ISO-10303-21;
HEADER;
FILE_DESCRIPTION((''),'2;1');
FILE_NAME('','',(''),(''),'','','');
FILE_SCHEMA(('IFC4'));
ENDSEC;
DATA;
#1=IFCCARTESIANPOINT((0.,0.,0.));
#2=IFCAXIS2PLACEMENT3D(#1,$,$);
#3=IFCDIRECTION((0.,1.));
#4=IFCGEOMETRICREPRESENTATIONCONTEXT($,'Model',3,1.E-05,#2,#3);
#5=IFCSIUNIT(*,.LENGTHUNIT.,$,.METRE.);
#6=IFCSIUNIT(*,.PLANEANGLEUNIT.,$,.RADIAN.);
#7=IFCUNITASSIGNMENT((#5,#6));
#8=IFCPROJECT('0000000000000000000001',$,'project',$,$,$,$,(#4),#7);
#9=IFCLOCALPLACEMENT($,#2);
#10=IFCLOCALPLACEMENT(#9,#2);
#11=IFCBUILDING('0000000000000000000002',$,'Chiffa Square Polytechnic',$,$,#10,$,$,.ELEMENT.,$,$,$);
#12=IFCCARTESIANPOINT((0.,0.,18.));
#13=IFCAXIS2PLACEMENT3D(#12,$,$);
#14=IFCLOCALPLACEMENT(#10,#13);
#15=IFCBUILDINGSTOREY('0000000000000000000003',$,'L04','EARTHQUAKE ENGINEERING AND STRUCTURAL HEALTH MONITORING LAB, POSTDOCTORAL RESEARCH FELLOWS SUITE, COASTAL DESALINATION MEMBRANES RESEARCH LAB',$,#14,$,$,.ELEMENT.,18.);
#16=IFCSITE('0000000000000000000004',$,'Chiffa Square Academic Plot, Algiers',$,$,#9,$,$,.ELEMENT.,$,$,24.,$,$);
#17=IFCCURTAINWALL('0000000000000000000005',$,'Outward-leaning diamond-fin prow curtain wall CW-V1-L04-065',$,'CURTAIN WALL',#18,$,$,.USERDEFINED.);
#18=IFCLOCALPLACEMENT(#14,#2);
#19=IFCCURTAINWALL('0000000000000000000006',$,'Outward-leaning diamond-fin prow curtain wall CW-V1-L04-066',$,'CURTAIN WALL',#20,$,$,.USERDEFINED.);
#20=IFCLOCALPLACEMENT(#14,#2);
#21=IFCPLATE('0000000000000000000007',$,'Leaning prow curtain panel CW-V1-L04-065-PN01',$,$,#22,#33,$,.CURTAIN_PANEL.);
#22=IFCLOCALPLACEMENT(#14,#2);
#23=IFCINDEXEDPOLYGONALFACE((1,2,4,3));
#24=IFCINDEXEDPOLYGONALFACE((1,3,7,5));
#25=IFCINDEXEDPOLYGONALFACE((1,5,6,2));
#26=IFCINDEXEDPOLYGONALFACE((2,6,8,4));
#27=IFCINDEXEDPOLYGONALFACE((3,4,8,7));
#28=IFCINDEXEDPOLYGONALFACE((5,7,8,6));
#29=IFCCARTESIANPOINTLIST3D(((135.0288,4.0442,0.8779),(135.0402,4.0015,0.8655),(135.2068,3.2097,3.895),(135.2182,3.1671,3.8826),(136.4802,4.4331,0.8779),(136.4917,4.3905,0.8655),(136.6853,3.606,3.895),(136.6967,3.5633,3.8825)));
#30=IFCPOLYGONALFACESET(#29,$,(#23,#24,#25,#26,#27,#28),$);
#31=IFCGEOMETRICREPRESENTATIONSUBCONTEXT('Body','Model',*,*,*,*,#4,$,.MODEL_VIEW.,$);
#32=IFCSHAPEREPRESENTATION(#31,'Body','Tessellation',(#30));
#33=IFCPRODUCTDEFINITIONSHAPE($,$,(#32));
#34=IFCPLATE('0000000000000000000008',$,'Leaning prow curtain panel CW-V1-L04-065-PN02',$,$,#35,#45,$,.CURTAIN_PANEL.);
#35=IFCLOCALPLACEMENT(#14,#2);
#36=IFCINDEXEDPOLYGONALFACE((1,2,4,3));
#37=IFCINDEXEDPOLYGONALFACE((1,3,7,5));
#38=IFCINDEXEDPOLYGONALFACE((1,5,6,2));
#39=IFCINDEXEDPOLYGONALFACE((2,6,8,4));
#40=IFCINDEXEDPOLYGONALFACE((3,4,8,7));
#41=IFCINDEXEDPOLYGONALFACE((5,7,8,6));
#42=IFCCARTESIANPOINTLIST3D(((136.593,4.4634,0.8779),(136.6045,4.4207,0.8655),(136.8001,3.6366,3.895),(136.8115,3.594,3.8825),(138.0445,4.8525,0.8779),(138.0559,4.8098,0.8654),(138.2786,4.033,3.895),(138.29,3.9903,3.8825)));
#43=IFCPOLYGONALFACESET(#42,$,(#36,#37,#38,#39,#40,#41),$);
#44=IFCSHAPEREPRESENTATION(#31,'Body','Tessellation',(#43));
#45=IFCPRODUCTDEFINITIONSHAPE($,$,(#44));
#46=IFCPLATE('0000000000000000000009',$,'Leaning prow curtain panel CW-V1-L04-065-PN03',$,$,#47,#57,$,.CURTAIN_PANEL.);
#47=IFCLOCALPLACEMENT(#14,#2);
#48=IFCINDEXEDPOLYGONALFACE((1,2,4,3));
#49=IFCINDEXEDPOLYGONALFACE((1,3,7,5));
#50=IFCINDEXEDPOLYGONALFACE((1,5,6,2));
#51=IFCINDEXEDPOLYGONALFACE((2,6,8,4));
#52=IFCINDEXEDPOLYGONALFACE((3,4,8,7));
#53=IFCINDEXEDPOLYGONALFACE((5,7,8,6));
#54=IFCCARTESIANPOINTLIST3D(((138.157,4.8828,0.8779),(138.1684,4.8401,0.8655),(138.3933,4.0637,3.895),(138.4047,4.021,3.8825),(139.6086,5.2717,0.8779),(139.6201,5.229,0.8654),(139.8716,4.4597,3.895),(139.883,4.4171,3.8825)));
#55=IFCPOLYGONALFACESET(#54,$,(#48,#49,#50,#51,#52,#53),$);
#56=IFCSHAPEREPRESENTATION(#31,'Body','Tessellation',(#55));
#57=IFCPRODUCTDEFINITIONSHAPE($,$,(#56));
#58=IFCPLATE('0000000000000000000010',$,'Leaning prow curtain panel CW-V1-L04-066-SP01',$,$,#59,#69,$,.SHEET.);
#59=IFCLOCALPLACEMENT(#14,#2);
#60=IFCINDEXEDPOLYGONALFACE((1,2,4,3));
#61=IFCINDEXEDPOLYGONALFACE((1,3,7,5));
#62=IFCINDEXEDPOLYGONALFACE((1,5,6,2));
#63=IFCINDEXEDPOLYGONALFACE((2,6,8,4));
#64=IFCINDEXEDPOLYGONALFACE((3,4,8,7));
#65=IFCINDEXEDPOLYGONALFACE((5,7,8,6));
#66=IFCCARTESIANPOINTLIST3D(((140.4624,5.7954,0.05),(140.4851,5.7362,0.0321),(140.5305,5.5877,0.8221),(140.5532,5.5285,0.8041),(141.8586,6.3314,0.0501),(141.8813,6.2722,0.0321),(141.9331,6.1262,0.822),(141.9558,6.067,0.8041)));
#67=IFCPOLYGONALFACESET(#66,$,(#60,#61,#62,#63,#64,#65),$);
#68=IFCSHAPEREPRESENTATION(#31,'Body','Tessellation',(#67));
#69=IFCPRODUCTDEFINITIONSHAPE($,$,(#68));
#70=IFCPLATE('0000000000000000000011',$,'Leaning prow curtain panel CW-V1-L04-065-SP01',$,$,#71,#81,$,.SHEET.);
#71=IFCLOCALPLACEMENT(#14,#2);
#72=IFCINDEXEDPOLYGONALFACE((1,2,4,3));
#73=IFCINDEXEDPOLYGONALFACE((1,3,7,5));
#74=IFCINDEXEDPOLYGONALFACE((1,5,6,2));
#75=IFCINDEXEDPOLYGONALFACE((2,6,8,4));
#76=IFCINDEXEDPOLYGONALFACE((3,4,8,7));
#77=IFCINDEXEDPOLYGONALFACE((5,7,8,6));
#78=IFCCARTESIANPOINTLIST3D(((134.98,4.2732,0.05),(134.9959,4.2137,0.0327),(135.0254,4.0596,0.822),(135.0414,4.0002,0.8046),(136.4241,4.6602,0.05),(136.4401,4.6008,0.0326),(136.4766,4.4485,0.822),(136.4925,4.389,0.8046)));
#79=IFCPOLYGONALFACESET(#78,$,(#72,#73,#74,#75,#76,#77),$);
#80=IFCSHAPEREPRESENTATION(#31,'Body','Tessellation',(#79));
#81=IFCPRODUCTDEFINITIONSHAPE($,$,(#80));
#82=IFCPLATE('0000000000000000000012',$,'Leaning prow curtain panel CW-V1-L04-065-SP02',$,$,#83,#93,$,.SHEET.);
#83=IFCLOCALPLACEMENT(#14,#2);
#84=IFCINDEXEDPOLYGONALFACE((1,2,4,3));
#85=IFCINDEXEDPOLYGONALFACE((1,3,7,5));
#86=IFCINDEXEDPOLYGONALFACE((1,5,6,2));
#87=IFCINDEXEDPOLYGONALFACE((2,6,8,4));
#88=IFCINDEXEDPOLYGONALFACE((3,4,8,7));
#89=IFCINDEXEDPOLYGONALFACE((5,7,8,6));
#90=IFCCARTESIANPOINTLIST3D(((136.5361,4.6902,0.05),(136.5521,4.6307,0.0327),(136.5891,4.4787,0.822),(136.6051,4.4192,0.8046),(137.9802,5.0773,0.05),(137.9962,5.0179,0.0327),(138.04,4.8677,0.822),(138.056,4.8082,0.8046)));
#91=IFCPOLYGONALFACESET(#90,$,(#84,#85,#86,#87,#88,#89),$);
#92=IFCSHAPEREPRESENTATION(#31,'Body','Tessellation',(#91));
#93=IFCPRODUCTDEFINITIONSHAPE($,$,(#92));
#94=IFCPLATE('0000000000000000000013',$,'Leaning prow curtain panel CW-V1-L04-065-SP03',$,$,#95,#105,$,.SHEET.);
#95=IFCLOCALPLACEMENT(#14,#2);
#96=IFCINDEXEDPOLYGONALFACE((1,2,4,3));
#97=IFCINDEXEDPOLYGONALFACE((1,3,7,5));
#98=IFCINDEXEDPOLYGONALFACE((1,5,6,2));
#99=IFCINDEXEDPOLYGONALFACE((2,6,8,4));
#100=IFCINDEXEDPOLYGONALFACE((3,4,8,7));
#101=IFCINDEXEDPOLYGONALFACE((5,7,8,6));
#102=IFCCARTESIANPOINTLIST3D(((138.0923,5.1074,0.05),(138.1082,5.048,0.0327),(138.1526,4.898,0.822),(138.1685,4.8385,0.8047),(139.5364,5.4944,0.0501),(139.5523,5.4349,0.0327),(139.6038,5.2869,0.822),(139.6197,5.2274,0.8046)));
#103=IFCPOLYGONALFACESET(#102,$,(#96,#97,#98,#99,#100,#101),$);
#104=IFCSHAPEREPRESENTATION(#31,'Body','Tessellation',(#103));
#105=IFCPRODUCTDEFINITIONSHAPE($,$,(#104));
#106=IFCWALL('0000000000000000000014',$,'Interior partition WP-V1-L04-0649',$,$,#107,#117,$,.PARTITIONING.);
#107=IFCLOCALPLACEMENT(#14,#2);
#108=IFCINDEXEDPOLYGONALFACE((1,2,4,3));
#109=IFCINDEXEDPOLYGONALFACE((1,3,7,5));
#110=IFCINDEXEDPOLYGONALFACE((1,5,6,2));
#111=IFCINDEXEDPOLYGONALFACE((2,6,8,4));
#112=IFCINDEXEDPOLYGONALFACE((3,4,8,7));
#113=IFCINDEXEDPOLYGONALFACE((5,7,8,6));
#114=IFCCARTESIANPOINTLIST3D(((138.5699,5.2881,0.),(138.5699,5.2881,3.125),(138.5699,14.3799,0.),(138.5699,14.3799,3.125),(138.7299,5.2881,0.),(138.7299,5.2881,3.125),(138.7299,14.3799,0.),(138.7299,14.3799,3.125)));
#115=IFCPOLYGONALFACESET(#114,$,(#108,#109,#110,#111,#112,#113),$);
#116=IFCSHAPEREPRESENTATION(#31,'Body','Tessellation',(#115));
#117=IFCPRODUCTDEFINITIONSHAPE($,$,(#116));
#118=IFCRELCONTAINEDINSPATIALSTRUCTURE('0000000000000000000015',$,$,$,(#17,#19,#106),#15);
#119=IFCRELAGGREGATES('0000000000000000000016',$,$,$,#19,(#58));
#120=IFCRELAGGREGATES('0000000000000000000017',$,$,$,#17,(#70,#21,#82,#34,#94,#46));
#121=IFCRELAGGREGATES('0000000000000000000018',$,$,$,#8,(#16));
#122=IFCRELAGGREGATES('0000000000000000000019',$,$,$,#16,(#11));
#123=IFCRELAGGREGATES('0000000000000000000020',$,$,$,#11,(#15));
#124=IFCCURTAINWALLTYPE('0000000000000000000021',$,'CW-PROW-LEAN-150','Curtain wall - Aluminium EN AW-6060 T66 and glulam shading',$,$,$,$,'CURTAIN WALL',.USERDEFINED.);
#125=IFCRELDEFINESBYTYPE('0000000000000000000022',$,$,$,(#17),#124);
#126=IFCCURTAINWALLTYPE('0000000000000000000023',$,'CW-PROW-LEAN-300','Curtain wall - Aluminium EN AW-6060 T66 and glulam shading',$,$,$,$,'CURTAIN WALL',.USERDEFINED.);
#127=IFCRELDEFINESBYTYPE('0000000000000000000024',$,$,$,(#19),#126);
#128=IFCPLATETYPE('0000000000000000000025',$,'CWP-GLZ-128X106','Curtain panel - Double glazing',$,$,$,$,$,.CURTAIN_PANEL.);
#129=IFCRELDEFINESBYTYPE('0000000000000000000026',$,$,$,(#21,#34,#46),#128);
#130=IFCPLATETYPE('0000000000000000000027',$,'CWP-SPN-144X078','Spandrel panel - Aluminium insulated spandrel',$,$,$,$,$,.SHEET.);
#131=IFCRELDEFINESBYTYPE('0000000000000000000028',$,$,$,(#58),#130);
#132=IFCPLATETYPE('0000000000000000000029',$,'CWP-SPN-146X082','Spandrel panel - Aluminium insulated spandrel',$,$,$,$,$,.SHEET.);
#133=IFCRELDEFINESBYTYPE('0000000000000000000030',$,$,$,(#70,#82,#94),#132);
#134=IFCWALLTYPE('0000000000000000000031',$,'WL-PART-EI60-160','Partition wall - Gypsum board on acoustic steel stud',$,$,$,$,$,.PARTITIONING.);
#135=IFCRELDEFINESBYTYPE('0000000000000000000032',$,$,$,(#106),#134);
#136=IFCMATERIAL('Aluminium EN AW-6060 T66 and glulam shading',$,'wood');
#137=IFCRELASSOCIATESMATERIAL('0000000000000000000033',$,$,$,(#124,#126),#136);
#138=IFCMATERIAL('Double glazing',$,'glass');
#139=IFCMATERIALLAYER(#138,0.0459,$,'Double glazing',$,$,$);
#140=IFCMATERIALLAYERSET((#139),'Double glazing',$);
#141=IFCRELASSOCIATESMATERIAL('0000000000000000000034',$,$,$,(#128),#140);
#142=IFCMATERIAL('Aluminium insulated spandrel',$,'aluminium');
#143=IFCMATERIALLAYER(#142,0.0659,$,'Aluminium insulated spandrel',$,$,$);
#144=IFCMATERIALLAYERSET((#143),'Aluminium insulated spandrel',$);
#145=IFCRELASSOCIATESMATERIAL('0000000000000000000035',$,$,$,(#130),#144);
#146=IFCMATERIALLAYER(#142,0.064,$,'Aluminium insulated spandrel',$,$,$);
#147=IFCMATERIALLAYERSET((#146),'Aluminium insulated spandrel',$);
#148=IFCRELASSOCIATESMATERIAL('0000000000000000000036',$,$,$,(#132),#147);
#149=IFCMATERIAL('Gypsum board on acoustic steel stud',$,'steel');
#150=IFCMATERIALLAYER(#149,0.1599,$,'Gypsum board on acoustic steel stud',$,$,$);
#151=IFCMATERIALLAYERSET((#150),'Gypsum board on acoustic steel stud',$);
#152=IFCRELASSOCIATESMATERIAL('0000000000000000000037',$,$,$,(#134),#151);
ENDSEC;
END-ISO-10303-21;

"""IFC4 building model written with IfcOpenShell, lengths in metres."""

from ifc_helpers import new_model, si_unit, direction, frame, frame_2d, origin, place, context, subcontext, project, spatial, polyline, rectangle, outline, extrude, material, layer, layer_set, type_object, element, aggregate, save


model = new_model("IFC4")

# Units and contexts
model_context = context("Model", 3, precision=1e-05, world=origin(), true_north=direction((0.0, 1.0)))
body_context = subcontext(model_context, "Body", "Model", "MODEL_VIEW")
ifc_project = project(units=[si_unit("LENGTHUNIT", "METRE"), si_unit("PLANEANGLEUNIT", "RADIAN")], contexts=[model_context])

# Site, building, storey
site_placement = place(None, origin())
site = spatial("IfcSite", under=ifc_project, at=site_placement, Name="Chiffa Square Academic Plot, Algiers", CompositionType="ELEMENT", RefElevation=24.0)
building_placement = place(site_placement, origin())
building = spatial("IfcBuilding", under=site, at=building_placement, Name="Chiffa Square Polytechnic", CompositionType="ELEMENT")
storey_placement = place(building_placement, frame((0.0, 0.0, 18.0)))
storey = spatial("IfcBuildingStorey", under=building, at=storey_placement, Name="L04", Description="EARTHQUAKE ENGINEERING AND STRUCTURAL HEALTH MONITORING LAB, POSTDOCTORAL RESEARCH FELLOWS SUITE, COASTAL DESALINATION MEMBRANES RESEARCH LAB", CompositionType="ELEMENT", Elevation=18.0)

# Curtain wall
ifc_material_1 = material(Name="Aluminium EN AW-6060 T66 and glulam shading", Category="wood")
curtain_wall_type_1 = type_object("IfcCurtainWallType", Name="CW-PROW-LEAN-150", Description="Curtain wall - Aluminium EN AW-6060 T66 and glulam shading", ElementType="CURTAIN WALL", PredefinedType="USERDEFINED", material=ifc_material_1)
curtain_wall_1_placement = place(storey_placement, origin())
curtain_wall_1 = element("IfcCurtainWall", 1, at=curtain_wall_1_placement, inside=storey, type_object=curtain_wall_type_1, Name="Outward-leaning diamond-fin prow curtain wall CW-V1-L04-065", ObjectType="CURTAIN WALL", PredefinedType="USERDEFINED")

# Curtain wall
curtain_wall_type_2 = type_object("IfcCurtainWallType", Name="CW-PROW-LEAN-300", Description="Curtain wall - Aluminium EN AW-6060 T66 and glulam shading", ElementType="CURTAIN WALL", PredefinedType="USERDEFINED", material=ifc_material_1)
curtain_wall_2_placement = place(storey_placement, origin())
curtain_wall_2 = element("IfcCurtainWall", 2, at=curtain_wall_2_placement, inside=storey, type_object=curtain_wall_type_2, Name="Outward-leaning diamond-fin prow curtain wall CW-V1-L04-066", ObjectType="CURTAIN WALL", PredefinedType="USERDEFINED")

# Plates
ifc_material_2 = material(Name="Double glazing", Category="glass")
ifc_layer_1 = layer(ifc_material_2, 0.0459, Name="Double glazing")
ifc_layer_set_1 = layer_set([ifc_layer_1], Name="Double glazing")
plate_type_1 = type_object("IfcPlateType", Name="CWP-GLZ-128X106", Description="Curtain panel - Double glazing", PredefinedType="CURTAIN_PANEL", material=ifc_layer_set_1)
plate_1_placement = place(storey_placement, frame((135.0288, 4.0442, 0.8779), z_axis=(-0.249101, 0.92956, 0.271784), x_axis=(0.965919, 0.258843, 0.000005)))
plate_1 = element("IfcPlate", 3, at=plate_1_placement, type_object=plate_type_1, Name="Leaning prow curtain panel CW-V1-L04-065-PN01", PredefinedType="CURTAIN_PANEL", context=body_context, shape_type="SweptSolid", body=[
    extrude(outline(polyline([(0.0, 0.0), (1.5026, 0.0), (1.4866, -3.1351), (-0.0441, -3.1351), (0.0, 0.0)])), origin(), (0.0, 0.0, -1.0), 0.0459),
])
plate_2_placement = place(storey_placement, frame((136.593, 4.4634, 0.8779), z_axis=(-0.249172, 0.929533, 0.271812), x_axis=(0.965898, 0.258924, -0.000015)))
plate_2 = element("IfcPlate", 4, at=plate_2_placement, type_object=plate_type_1, Name="Leaning prow curtain panel CW-V1-L04-065-PN02", PredefinedType="CURTAIN_PANEL", context=body_context, shape_type="SweptSolid", body=[
    extrude(outline(polyline([(0.0, 0.0), (1.5027, 0.0), (1.5166, -3.1352), (-0.0141, -3.1351), (0.0, 0.0)])), origin(), (0.0, 0.0, -1.0), 0.0459),
])
plate_3_placement = place(storey_placement, frame((138.157, 4.8828, 0.8779), z_axis=(-0.249023, 0.929555, 0.271873), x_axis=(0.965939, 0.258771, -0.000004)))
plate_3 = element("IfcPlate", 5, at=plate_3_placement, type_object=plate_type_1, Name="Leaning prow curtain panel CW-V1-L04-065-PN03", PredefinedType="CURTAIN_PANEL", context=body_context, shape_type="SweptSolid", body=[
    extrude(outline(polyline([(0.0, 0.0), (1.5029, 0.0), (1.5467, -3.1352), (0.0163, -3.1352), (0.0, 0.0)])), origin(), (0.0, 0.0, -1.0), 0.0459),
])
ifc_material_3 = material(Name="Aluminium insulated spandrel", Category="aluminium")
ifc_layer_2 = layer(ifc_material_3, 0.0659, Name="Aluminium insulated spandrel")
ifc_layer_set_2 = layer_set([ifc_layer_2], Name="Aluminium insulated spandrel")
plate_type_2 = type_object("IfcPlateType", Name="CWP-SPN-144X078", Description="Spandrel panel - Aluminium insulated spandrel", PredefinedType="SHEET", material=ifc_layer_set_2)
plate_4_placement = place(storey_placement, frame((140.4624, 5.7954, 0.05), z_axis=(-0.344876, 0.898355, 0.272063), x_axis=(0.933572, 0.35839, 0.00002)))
plate_4 = element("IfcPlate", 6, at=plate_4_placement, type_object=plate_type_2, Name="Leaning prow curtain panel CW-V1-L04-066-SP01", PredefinedType="SHEET", context=body_context, shape_type="SweptSolid", body=[
    extrude(outline(polyline([(0.0, 0.0), (1.4955, 0.0), (1.4916, -0.8022), (-0.0109, -0.8023), (0.0, 0.0)])), origin(), (0.0, 0.0, -1.0), 0.0659),
])
aggregate(curtain_wall_2, [plate_4])
ifc_layer_3 = layer(ifc_material_3, 0.064, Name="Aluminium insulated spandrel")
ifc_layer_set_3 = layer_set([ifc_layer_3], Name="Aluminium insulated spandrel")
plate_type_3 = type_object("IfcPlateType", Name="CWP-SPN-146X082", Description="Spandrel panel - Aluminium insulated spandrel", PredefinedType="SHEET", material=ifc_layer_set_3)
plate_5_placement = place(storey_placement, frame((134.98, 4.2732, 0.05), z_axis=(-0.249101, 0.929542, 0.271846), x_axis=(0.965915, 0.258859, -0.000037)))
plate_5 = element("IfcPlate", 7, at=plate_5_placement, type_object=plate_type_3, Name="Leaning prow curtain panel CW-V1-L04-065-SP01", PredefinedType="SHEET", context=body_context, shape_type="SweptSolid", body=[
    extrude(outline(polyline([(0.0, 0.0), (1.4951, 0.0), (1.4909, -0.8022), (-0.0114, -0.8021), (0.0, 0.0)])), origin(), (0.0, 0.0, -1.0), 0.064),
])
plate_6_placement = place(storey_placement, frame((136.5361, 4.6902, 0.05), z_axis=(-0.2492, 0.929542, 0.271757), x_axis=(0.965891, 0.258948, -0.00001)))
plate_6 = element("IfcPlate", 8, at=plate_6_placement, type_object=plate_type_3, Name="Leaning prow curtain panel CW-V1-L04-065-SP02", PredefinedType="SHEET", context=body_context, shape_type="SweptSolid", body=[
    extrude(outline(polyline([(0.0, 0.0), (1.4951, 0.0), (1.4986, -0.8022), (-0.0036, -0.8021), (0.0, 0.0)])), origin(), (0.0, 0.0, -1.0), 0.064),
])
plate_7_placement = place(storey_placement, frame((138.0923, 5.1074, 0.05), z_axis=(-0.249114, 0.929591, 0.271668), x_axis=(0.965918, 0.258847, 0.000005)))
plate_7 = element("IfcPlate", 9, at=plate_7_placement, type_object=plate_type_3, Name="Leaning prow curtain panel CW-V1-L04-065-SP03", PredefinedType="SHEET", context=body_context, shape_type="SweptSolid", body=[
    extrude(outline(polyline([(0.0, 0.0), (1.495, 0.0), (1.5064, -0.8021), (0.004, -0.8021), (0.0, 0.0)])), origin(), (0.0, 0.0, -1.0), 0.064),
])
aggregate(curtain_wall_1, [plate_5, plate_1, plate_6, plate_2, plate_7, plate_3])

# Wall
ifc_material_4 = material(Name="Gypsum board on acoustic steel stud", Category="steel")
ifc_layer_4 = layer(ifc_material_4, 0.1599, Name="Gypsum board on acoustic steel stud")
ifc_layer_set_4 = layer_set([ifc_layer_4], Name="Gypsum board on acoustic steel stud")
wall_type = type_object("IfcWallType", Name="WL-PART-EI60-160", Description="Partition wall - Gypsum board on acoustic steel stud", PredefinedType="PARTITIONING", material=ifc_layer_set_4)
wall_placement = place(storey_placement, frame((138.6499, 5.2881, 0.0), z_axis=(0.0, 0.0, 1.0), x_axis=(0.0, 1.0, 0.0)))
element("IfcWall", 10, at=wall_placement, inside=storey, type_object=wall_type, Name="Interior partition WP-V1-L04-0649", PredefinedType="PARTITIONING", context=body_context, shape_type="SweptSolid", body=[
    extrude(rectangle(XDim=9.0918, YDim=0.1599, at=frame_2d((4.5459, 0.0))), origin(), (0.0, 0.0, 1.0), 3.125),
])

save(model, "model.ifc")
